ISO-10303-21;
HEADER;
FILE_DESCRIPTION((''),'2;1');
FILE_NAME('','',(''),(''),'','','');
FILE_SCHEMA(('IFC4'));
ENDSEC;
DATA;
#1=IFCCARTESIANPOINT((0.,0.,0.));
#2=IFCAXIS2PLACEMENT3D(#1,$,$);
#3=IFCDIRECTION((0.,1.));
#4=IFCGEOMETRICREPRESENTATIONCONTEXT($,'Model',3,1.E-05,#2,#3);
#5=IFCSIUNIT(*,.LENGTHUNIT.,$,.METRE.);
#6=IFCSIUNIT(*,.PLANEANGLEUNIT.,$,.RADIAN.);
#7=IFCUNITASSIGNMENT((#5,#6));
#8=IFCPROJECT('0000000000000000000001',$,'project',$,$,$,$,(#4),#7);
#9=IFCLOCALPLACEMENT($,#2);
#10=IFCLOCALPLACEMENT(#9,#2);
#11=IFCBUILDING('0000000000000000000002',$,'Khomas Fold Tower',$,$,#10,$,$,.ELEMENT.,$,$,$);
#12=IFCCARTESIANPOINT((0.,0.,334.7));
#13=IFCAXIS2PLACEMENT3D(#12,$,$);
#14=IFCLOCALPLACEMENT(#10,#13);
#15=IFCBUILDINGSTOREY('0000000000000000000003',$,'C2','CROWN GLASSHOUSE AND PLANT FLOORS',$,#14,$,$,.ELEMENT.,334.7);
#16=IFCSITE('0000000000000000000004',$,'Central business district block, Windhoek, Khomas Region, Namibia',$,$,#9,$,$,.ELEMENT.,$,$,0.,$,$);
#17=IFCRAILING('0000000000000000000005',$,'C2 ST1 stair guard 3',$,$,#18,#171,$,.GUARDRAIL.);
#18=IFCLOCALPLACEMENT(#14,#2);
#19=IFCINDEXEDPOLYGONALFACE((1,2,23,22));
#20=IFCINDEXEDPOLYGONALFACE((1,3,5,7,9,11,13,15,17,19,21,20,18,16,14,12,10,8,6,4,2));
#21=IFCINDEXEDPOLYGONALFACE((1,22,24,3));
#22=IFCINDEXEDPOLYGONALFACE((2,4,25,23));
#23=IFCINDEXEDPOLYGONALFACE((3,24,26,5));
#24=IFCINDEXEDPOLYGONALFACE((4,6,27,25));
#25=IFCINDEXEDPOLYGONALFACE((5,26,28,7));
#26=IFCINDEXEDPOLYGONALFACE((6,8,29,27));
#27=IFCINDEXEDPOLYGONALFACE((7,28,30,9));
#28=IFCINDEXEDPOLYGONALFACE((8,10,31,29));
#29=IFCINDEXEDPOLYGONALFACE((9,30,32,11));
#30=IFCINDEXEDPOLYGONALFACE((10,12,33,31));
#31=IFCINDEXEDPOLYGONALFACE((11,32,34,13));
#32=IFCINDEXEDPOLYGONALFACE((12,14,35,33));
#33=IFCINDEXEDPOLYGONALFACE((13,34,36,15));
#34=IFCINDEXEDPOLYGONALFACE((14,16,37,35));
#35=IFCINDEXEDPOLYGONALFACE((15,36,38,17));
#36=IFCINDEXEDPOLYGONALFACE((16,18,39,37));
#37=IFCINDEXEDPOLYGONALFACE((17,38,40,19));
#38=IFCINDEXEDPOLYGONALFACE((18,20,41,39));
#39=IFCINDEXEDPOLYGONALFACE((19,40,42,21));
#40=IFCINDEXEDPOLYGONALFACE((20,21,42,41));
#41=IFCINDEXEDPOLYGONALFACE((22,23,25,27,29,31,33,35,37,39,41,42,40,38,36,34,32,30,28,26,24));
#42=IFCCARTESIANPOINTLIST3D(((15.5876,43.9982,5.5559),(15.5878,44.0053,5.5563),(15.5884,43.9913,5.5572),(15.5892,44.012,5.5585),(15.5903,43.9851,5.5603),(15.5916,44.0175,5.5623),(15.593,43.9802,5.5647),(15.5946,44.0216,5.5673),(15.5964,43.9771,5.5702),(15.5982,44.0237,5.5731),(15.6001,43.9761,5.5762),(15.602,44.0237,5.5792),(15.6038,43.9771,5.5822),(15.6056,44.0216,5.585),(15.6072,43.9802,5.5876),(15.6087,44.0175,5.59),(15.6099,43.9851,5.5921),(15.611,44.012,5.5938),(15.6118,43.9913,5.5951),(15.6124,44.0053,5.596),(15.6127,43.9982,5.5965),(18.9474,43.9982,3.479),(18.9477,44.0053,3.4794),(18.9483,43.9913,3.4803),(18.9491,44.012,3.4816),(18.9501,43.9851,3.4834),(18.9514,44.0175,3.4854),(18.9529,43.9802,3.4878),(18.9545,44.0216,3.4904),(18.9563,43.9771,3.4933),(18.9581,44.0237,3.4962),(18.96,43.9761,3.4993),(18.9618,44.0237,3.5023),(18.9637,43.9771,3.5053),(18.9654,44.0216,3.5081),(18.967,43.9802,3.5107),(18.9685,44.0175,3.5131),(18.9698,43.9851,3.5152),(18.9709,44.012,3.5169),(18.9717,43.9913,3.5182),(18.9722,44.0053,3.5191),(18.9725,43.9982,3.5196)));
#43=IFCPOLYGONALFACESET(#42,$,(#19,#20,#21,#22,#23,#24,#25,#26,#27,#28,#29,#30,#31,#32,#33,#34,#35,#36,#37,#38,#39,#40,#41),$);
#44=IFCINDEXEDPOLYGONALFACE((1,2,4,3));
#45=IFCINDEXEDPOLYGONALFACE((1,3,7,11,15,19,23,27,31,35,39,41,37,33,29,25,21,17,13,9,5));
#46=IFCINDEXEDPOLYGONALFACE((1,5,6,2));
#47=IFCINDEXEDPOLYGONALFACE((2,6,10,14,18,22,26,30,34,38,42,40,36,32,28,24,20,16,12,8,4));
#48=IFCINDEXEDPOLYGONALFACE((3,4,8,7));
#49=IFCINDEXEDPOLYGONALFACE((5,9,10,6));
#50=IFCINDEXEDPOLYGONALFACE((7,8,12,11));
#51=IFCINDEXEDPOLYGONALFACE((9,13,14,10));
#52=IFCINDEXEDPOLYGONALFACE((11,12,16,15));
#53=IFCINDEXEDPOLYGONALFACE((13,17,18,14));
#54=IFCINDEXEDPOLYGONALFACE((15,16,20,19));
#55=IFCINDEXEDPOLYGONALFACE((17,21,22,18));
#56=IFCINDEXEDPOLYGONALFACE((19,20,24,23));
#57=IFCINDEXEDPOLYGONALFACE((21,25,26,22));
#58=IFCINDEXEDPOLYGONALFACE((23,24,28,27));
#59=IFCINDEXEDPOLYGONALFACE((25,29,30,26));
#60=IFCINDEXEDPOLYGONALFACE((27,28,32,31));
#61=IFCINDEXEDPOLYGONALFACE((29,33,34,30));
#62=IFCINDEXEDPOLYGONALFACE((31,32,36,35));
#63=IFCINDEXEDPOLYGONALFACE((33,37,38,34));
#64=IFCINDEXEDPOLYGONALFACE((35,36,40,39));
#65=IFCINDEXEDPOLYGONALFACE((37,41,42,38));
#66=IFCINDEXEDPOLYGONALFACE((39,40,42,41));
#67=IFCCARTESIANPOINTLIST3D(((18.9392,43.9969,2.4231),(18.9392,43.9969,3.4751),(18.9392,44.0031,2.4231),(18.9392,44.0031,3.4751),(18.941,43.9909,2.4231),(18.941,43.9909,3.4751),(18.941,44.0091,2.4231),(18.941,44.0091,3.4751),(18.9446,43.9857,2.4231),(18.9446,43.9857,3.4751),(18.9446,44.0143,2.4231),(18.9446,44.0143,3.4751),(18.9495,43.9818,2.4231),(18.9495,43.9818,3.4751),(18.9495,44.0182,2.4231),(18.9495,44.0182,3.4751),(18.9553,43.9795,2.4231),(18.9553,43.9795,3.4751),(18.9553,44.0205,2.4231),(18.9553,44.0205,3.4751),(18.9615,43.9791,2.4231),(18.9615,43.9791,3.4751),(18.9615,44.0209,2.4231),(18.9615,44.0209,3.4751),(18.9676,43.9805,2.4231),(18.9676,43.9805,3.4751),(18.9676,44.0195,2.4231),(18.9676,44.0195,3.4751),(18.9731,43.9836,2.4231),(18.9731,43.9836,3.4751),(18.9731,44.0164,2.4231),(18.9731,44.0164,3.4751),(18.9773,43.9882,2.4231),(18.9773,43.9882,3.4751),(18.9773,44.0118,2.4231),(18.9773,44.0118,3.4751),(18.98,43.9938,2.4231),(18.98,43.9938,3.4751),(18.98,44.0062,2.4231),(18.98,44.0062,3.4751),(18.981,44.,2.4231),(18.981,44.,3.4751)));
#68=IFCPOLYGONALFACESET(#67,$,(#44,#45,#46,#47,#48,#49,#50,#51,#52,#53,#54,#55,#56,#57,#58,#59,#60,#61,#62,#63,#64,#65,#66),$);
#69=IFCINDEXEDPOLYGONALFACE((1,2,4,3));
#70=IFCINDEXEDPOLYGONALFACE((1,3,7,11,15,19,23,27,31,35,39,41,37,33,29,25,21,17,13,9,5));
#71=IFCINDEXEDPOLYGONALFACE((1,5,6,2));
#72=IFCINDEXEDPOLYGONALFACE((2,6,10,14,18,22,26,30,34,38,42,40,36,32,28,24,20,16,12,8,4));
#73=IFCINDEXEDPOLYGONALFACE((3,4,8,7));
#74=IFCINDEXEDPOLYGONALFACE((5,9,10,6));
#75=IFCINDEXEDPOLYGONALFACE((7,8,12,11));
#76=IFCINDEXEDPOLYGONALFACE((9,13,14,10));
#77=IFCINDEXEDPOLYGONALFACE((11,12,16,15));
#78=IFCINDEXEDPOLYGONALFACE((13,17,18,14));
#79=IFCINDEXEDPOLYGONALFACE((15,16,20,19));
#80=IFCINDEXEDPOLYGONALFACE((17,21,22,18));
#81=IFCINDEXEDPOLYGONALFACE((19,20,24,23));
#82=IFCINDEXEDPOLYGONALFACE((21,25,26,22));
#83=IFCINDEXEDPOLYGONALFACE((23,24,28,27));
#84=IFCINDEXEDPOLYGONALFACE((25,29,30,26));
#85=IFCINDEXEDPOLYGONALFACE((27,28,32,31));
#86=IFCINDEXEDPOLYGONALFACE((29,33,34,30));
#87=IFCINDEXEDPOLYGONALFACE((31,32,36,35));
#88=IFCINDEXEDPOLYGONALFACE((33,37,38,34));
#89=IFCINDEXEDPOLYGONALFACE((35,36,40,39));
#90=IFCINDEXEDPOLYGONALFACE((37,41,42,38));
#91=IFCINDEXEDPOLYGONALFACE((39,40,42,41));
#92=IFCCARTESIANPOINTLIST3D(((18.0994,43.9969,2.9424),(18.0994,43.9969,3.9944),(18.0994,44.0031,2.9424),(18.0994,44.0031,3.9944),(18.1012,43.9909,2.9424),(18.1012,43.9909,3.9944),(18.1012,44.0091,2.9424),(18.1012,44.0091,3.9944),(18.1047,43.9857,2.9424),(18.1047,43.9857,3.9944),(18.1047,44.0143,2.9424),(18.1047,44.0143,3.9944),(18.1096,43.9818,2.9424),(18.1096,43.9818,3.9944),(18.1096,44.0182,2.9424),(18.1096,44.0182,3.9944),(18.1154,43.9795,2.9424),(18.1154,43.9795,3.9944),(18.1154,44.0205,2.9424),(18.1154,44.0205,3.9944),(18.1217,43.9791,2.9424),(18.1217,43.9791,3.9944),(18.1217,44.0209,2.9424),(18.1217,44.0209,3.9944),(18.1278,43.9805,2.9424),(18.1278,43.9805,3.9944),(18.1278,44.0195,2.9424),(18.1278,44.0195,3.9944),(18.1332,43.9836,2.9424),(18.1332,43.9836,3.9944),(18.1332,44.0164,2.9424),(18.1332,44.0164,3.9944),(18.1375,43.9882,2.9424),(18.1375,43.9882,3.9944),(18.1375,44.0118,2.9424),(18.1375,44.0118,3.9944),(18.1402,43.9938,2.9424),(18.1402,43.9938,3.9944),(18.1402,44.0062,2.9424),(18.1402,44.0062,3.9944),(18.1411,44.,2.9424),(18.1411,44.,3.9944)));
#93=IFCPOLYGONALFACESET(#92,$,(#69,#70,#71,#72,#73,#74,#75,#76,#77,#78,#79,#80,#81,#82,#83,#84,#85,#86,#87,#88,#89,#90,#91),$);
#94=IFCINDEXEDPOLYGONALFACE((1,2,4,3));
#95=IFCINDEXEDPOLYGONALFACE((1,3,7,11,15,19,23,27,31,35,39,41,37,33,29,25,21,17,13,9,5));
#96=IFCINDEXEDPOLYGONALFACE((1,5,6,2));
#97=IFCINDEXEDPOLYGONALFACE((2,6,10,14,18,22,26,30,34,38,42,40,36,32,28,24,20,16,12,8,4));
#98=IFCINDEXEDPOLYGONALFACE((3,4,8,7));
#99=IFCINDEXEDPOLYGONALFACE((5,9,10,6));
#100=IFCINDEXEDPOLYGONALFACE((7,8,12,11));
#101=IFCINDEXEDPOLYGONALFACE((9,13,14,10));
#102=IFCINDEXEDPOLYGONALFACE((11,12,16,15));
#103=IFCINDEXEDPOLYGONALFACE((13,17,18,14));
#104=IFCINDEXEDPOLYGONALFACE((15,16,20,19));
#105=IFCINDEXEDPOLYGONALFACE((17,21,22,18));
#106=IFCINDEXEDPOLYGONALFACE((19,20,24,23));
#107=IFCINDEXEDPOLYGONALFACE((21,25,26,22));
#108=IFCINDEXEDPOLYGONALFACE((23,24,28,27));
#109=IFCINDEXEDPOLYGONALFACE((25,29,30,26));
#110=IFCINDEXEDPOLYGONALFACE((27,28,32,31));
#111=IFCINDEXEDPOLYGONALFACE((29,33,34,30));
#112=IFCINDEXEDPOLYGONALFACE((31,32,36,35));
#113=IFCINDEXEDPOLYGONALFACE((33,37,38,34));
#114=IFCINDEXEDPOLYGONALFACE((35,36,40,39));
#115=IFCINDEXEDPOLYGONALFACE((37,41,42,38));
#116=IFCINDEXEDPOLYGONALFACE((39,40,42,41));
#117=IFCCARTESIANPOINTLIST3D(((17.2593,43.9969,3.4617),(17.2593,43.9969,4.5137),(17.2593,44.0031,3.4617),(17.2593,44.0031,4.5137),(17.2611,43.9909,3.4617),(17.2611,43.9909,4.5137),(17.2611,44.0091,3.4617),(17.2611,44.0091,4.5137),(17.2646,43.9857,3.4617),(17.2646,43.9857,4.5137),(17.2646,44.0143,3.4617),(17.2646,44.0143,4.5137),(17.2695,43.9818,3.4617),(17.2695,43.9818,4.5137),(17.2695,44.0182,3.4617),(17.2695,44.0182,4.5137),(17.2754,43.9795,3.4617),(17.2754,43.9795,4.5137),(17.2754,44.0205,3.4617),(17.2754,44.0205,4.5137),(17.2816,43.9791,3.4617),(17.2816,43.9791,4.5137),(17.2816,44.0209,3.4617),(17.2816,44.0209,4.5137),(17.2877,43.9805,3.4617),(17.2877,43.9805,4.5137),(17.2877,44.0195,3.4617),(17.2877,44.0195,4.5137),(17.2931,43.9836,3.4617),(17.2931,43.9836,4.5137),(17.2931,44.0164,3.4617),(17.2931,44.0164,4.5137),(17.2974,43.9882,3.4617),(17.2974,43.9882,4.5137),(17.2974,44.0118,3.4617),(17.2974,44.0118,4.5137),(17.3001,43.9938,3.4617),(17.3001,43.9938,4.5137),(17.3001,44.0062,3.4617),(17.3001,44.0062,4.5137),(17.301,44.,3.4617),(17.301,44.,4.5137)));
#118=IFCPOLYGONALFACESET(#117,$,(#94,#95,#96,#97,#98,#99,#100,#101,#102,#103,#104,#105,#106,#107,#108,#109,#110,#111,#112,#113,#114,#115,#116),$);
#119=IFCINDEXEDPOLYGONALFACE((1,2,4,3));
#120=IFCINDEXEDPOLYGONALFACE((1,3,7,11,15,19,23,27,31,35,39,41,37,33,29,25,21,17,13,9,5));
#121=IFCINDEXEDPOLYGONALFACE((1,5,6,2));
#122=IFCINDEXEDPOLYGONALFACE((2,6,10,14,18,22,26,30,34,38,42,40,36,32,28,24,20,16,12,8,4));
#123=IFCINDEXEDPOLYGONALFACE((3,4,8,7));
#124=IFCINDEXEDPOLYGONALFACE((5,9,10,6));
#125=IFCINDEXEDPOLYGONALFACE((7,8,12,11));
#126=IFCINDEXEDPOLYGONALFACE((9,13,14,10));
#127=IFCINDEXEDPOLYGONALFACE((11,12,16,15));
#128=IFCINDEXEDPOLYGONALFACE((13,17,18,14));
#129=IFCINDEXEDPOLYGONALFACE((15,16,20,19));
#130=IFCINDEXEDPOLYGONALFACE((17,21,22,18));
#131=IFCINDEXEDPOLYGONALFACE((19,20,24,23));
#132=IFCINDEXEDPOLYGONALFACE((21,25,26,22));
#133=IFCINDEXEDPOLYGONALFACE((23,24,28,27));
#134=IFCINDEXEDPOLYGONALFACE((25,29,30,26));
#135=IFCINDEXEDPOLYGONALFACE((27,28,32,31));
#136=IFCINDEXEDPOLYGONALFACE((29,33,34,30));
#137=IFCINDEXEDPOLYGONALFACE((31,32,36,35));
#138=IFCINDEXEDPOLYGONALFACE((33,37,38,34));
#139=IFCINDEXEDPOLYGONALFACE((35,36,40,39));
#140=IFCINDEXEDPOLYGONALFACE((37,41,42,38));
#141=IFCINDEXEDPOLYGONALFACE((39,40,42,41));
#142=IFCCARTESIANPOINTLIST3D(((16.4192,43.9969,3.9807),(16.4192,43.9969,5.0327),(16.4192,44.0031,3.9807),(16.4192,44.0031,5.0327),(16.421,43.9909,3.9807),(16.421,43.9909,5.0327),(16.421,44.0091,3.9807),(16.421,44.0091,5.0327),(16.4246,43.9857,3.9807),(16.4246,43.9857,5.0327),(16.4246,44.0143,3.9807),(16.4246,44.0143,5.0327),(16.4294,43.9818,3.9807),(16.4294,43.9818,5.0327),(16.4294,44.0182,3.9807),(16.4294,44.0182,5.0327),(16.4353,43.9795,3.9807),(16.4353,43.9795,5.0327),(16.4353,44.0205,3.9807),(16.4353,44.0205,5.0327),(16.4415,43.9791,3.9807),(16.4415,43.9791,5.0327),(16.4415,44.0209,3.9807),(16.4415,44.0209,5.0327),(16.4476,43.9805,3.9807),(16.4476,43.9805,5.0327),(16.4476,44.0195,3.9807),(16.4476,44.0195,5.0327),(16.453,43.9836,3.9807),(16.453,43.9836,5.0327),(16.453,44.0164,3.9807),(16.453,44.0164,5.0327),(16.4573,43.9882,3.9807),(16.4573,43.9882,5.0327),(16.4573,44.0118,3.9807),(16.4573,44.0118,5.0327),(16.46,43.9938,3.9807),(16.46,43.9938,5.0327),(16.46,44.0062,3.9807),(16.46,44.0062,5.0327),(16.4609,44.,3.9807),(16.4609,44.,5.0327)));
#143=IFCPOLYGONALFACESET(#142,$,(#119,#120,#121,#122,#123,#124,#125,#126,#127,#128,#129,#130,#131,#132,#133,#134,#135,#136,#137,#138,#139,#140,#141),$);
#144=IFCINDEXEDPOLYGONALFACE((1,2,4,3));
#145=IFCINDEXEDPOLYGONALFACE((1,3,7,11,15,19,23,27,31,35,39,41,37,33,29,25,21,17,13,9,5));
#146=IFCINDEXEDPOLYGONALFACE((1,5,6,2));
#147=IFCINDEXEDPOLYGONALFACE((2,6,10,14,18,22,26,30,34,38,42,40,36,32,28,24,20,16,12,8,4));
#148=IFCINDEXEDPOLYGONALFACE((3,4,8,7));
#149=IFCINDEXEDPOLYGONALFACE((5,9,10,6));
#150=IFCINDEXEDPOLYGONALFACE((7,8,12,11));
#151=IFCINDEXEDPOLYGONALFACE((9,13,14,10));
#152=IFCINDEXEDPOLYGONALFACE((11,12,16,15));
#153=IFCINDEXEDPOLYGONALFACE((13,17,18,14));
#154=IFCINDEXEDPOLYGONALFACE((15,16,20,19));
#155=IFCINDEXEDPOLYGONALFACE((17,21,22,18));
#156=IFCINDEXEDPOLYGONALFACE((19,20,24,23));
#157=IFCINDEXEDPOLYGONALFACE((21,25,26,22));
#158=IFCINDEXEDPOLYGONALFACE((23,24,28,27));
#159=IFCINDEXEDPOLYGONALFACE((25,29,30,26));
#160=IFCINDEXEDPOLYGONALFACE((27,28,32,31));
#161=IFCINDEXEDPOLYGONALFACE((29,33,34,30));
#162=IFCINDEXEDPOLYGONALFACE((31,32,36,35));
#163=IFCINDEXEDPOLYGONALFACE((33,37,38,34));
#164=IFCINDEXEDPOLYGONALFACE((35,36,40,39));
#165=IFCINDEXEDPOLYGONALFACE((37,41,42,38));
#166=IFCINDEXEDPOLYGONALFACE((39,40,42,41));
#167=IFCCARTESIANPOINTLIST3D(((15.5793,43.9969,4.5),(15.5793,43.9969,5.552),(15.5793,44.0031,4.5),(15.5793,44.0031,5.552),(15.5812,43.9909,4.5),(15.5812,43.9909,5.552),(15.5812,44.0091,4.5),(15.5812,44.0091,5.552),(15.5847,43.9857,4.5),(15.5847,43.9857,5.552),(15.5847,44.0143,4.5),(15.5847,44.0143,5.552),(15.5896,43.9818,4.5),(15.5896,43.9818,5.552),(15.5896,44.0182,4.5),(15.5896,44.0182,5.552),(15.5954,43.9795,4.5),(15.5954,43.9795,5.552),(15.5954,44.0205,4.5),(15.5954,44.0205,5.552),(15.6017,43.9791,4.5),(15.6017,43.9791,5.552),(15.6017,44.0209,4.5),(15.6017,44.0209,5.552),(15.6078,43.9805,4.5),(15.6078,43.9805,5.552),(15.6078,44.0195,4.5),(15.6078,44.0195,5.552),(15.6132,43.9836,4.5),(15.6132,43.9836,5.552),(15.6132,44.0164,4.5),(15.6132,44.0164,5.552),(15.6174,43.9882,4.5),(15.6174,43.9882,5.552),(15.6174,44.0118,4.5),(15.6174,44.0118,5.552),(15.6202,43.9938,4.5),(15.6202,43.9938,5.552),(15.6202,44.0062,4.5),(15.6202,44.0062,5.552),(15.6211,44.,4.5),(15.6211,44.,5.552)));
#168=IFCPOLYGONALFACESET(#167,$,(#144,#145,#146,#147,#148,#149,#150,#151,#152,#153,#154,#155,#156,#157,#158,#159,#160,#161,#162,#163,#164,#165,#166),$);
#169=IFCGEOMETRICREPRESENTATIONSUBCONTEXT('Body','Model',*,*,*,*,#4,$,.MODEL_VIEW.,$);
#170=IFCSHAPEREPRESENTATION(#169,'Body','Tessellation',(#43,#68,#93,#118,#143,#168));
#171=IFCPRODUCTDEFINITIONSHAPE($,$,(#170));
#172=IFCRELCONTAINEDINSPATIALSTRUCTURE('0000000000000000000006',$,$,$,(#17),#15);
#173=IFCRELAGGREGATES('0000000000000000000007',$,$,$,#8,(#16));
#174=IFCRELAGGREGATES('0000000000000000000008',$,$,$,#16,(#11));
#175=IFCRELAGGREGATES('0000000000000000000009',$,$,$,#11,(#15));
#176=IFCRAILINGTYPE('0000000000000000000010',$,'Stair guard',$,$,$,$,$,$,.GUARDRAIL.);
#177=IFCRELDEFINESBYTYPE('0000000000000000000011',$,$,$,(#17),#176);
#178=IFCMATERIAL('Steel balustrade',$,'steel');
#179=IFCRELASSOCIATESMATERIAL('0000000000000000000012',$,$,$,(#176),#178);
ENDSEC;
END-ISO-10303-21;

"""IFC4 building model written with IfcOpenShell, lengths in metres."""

from ifc_helpers import new_model, si_unit, direction, frame, origin, origin_2d, place, context, subcontext, project, spatial, circle, extrude, source, transform, mapped, material, type_object, element, save


model = new_model("IFC4")

# Units and contexts
model_context = context("Model", 3, precision=1e-05, world=origin(), true_north=direction((0.0, 1.0)))
body_context = subcontext(model_context, "Body", "Model", "MODEL_VIEW")
ifc_project = project(units=[si_unit("LENGTHUNIT", "METRE"), si_unit("PLANEANGLEUNIT", "RADIAN")], contexts=[model_context])

# Site, building, storey
site_placement = place(None, origin())
site = spatial("IfcSite", under=ifc_project, at=site_placement, Name="Central business district block, Windhoek, Khomas Region, Namibia", CompositionType="ELEMENT", RefElevation=0.0)
building_placement = place(site_placement, origin())
building = spatial("IfcBuilding", under=site, at=building_placement, Name="Khomas Fold Tower", CompositionType="ELEMENT")
storey_placement = place(building_placement, frame((0.0, 0.0, 334.7)))
storey = spatial("IfcBuildingStorey", under=building, at=storey_placement, Name="C2", Description="CROWN GLASSHOUSE AND PLANT FLOORS", CompositionType="ELEMENT", Elevation=334.7)

# Railing
ifc_material_1 = material(Name="Steel balustrade", Category="steel")
railing_type_1 = type_object("IfcRailingType", Name="Stair guard", PredefinedType="GUARDRAIL", material=ifc_material_1)
shared_shape_1 = source(origin(), body_context, "Body", "SweptSolid", [
    extrude(circle(Radius=0.0239, at=origin_2d()), frame((0.0, 0.0, 1.0762), z_axis=(-0.850606, 0.0, 0.525803), x_axis=(0.0, -1.0, 0.0)), (0.0, 0.0, 1.0), 3.95),
    extrude(circle(Radius=0.021, at=origin_2d()), origin(), (0.0, 0.0, 1.0), 1.052),
    extrude(circle(Radius=0.021, at=origin_2d()), frame((-0.8398, 0.0, 0.5193)), (0.0, 0.0, 1.0), 1.052),
    extrude(circle(Radius=0.021, at=origin_2d()), frame((-1.6799, 0.0, 1.0386)), (0.0, 0.0, 1.0), 1.052),
    extrude(circle(Radius=0.021, at=origin_2d()), frame((-2.52, 0.0, 1.5576)), (0.0, 0.0, 1.0), 1.052),
    extrude(circle(Radius=0.021, at=origin_2d()), frame((-3.3599, 0.0, 2.0769)), (0.0, 0.0, 1.0), 1.052),
])
railing_1_placement = place(storey_placement, frame((18.96, 44.0, 2.4231)))
element("IfcRailing", 1, at=railing_1_placement, inside=storey, type_object=railing_type_1, Name="C2 ST1 stair guard 3", PredefinedType="GUARDRAIL", context=body_context, shape_type="MappedRepresentation", body=[
    mapped(shared_shape_1, transform((0.0, 0.0, 0.0))),
])

save(model, "model.ifc")
